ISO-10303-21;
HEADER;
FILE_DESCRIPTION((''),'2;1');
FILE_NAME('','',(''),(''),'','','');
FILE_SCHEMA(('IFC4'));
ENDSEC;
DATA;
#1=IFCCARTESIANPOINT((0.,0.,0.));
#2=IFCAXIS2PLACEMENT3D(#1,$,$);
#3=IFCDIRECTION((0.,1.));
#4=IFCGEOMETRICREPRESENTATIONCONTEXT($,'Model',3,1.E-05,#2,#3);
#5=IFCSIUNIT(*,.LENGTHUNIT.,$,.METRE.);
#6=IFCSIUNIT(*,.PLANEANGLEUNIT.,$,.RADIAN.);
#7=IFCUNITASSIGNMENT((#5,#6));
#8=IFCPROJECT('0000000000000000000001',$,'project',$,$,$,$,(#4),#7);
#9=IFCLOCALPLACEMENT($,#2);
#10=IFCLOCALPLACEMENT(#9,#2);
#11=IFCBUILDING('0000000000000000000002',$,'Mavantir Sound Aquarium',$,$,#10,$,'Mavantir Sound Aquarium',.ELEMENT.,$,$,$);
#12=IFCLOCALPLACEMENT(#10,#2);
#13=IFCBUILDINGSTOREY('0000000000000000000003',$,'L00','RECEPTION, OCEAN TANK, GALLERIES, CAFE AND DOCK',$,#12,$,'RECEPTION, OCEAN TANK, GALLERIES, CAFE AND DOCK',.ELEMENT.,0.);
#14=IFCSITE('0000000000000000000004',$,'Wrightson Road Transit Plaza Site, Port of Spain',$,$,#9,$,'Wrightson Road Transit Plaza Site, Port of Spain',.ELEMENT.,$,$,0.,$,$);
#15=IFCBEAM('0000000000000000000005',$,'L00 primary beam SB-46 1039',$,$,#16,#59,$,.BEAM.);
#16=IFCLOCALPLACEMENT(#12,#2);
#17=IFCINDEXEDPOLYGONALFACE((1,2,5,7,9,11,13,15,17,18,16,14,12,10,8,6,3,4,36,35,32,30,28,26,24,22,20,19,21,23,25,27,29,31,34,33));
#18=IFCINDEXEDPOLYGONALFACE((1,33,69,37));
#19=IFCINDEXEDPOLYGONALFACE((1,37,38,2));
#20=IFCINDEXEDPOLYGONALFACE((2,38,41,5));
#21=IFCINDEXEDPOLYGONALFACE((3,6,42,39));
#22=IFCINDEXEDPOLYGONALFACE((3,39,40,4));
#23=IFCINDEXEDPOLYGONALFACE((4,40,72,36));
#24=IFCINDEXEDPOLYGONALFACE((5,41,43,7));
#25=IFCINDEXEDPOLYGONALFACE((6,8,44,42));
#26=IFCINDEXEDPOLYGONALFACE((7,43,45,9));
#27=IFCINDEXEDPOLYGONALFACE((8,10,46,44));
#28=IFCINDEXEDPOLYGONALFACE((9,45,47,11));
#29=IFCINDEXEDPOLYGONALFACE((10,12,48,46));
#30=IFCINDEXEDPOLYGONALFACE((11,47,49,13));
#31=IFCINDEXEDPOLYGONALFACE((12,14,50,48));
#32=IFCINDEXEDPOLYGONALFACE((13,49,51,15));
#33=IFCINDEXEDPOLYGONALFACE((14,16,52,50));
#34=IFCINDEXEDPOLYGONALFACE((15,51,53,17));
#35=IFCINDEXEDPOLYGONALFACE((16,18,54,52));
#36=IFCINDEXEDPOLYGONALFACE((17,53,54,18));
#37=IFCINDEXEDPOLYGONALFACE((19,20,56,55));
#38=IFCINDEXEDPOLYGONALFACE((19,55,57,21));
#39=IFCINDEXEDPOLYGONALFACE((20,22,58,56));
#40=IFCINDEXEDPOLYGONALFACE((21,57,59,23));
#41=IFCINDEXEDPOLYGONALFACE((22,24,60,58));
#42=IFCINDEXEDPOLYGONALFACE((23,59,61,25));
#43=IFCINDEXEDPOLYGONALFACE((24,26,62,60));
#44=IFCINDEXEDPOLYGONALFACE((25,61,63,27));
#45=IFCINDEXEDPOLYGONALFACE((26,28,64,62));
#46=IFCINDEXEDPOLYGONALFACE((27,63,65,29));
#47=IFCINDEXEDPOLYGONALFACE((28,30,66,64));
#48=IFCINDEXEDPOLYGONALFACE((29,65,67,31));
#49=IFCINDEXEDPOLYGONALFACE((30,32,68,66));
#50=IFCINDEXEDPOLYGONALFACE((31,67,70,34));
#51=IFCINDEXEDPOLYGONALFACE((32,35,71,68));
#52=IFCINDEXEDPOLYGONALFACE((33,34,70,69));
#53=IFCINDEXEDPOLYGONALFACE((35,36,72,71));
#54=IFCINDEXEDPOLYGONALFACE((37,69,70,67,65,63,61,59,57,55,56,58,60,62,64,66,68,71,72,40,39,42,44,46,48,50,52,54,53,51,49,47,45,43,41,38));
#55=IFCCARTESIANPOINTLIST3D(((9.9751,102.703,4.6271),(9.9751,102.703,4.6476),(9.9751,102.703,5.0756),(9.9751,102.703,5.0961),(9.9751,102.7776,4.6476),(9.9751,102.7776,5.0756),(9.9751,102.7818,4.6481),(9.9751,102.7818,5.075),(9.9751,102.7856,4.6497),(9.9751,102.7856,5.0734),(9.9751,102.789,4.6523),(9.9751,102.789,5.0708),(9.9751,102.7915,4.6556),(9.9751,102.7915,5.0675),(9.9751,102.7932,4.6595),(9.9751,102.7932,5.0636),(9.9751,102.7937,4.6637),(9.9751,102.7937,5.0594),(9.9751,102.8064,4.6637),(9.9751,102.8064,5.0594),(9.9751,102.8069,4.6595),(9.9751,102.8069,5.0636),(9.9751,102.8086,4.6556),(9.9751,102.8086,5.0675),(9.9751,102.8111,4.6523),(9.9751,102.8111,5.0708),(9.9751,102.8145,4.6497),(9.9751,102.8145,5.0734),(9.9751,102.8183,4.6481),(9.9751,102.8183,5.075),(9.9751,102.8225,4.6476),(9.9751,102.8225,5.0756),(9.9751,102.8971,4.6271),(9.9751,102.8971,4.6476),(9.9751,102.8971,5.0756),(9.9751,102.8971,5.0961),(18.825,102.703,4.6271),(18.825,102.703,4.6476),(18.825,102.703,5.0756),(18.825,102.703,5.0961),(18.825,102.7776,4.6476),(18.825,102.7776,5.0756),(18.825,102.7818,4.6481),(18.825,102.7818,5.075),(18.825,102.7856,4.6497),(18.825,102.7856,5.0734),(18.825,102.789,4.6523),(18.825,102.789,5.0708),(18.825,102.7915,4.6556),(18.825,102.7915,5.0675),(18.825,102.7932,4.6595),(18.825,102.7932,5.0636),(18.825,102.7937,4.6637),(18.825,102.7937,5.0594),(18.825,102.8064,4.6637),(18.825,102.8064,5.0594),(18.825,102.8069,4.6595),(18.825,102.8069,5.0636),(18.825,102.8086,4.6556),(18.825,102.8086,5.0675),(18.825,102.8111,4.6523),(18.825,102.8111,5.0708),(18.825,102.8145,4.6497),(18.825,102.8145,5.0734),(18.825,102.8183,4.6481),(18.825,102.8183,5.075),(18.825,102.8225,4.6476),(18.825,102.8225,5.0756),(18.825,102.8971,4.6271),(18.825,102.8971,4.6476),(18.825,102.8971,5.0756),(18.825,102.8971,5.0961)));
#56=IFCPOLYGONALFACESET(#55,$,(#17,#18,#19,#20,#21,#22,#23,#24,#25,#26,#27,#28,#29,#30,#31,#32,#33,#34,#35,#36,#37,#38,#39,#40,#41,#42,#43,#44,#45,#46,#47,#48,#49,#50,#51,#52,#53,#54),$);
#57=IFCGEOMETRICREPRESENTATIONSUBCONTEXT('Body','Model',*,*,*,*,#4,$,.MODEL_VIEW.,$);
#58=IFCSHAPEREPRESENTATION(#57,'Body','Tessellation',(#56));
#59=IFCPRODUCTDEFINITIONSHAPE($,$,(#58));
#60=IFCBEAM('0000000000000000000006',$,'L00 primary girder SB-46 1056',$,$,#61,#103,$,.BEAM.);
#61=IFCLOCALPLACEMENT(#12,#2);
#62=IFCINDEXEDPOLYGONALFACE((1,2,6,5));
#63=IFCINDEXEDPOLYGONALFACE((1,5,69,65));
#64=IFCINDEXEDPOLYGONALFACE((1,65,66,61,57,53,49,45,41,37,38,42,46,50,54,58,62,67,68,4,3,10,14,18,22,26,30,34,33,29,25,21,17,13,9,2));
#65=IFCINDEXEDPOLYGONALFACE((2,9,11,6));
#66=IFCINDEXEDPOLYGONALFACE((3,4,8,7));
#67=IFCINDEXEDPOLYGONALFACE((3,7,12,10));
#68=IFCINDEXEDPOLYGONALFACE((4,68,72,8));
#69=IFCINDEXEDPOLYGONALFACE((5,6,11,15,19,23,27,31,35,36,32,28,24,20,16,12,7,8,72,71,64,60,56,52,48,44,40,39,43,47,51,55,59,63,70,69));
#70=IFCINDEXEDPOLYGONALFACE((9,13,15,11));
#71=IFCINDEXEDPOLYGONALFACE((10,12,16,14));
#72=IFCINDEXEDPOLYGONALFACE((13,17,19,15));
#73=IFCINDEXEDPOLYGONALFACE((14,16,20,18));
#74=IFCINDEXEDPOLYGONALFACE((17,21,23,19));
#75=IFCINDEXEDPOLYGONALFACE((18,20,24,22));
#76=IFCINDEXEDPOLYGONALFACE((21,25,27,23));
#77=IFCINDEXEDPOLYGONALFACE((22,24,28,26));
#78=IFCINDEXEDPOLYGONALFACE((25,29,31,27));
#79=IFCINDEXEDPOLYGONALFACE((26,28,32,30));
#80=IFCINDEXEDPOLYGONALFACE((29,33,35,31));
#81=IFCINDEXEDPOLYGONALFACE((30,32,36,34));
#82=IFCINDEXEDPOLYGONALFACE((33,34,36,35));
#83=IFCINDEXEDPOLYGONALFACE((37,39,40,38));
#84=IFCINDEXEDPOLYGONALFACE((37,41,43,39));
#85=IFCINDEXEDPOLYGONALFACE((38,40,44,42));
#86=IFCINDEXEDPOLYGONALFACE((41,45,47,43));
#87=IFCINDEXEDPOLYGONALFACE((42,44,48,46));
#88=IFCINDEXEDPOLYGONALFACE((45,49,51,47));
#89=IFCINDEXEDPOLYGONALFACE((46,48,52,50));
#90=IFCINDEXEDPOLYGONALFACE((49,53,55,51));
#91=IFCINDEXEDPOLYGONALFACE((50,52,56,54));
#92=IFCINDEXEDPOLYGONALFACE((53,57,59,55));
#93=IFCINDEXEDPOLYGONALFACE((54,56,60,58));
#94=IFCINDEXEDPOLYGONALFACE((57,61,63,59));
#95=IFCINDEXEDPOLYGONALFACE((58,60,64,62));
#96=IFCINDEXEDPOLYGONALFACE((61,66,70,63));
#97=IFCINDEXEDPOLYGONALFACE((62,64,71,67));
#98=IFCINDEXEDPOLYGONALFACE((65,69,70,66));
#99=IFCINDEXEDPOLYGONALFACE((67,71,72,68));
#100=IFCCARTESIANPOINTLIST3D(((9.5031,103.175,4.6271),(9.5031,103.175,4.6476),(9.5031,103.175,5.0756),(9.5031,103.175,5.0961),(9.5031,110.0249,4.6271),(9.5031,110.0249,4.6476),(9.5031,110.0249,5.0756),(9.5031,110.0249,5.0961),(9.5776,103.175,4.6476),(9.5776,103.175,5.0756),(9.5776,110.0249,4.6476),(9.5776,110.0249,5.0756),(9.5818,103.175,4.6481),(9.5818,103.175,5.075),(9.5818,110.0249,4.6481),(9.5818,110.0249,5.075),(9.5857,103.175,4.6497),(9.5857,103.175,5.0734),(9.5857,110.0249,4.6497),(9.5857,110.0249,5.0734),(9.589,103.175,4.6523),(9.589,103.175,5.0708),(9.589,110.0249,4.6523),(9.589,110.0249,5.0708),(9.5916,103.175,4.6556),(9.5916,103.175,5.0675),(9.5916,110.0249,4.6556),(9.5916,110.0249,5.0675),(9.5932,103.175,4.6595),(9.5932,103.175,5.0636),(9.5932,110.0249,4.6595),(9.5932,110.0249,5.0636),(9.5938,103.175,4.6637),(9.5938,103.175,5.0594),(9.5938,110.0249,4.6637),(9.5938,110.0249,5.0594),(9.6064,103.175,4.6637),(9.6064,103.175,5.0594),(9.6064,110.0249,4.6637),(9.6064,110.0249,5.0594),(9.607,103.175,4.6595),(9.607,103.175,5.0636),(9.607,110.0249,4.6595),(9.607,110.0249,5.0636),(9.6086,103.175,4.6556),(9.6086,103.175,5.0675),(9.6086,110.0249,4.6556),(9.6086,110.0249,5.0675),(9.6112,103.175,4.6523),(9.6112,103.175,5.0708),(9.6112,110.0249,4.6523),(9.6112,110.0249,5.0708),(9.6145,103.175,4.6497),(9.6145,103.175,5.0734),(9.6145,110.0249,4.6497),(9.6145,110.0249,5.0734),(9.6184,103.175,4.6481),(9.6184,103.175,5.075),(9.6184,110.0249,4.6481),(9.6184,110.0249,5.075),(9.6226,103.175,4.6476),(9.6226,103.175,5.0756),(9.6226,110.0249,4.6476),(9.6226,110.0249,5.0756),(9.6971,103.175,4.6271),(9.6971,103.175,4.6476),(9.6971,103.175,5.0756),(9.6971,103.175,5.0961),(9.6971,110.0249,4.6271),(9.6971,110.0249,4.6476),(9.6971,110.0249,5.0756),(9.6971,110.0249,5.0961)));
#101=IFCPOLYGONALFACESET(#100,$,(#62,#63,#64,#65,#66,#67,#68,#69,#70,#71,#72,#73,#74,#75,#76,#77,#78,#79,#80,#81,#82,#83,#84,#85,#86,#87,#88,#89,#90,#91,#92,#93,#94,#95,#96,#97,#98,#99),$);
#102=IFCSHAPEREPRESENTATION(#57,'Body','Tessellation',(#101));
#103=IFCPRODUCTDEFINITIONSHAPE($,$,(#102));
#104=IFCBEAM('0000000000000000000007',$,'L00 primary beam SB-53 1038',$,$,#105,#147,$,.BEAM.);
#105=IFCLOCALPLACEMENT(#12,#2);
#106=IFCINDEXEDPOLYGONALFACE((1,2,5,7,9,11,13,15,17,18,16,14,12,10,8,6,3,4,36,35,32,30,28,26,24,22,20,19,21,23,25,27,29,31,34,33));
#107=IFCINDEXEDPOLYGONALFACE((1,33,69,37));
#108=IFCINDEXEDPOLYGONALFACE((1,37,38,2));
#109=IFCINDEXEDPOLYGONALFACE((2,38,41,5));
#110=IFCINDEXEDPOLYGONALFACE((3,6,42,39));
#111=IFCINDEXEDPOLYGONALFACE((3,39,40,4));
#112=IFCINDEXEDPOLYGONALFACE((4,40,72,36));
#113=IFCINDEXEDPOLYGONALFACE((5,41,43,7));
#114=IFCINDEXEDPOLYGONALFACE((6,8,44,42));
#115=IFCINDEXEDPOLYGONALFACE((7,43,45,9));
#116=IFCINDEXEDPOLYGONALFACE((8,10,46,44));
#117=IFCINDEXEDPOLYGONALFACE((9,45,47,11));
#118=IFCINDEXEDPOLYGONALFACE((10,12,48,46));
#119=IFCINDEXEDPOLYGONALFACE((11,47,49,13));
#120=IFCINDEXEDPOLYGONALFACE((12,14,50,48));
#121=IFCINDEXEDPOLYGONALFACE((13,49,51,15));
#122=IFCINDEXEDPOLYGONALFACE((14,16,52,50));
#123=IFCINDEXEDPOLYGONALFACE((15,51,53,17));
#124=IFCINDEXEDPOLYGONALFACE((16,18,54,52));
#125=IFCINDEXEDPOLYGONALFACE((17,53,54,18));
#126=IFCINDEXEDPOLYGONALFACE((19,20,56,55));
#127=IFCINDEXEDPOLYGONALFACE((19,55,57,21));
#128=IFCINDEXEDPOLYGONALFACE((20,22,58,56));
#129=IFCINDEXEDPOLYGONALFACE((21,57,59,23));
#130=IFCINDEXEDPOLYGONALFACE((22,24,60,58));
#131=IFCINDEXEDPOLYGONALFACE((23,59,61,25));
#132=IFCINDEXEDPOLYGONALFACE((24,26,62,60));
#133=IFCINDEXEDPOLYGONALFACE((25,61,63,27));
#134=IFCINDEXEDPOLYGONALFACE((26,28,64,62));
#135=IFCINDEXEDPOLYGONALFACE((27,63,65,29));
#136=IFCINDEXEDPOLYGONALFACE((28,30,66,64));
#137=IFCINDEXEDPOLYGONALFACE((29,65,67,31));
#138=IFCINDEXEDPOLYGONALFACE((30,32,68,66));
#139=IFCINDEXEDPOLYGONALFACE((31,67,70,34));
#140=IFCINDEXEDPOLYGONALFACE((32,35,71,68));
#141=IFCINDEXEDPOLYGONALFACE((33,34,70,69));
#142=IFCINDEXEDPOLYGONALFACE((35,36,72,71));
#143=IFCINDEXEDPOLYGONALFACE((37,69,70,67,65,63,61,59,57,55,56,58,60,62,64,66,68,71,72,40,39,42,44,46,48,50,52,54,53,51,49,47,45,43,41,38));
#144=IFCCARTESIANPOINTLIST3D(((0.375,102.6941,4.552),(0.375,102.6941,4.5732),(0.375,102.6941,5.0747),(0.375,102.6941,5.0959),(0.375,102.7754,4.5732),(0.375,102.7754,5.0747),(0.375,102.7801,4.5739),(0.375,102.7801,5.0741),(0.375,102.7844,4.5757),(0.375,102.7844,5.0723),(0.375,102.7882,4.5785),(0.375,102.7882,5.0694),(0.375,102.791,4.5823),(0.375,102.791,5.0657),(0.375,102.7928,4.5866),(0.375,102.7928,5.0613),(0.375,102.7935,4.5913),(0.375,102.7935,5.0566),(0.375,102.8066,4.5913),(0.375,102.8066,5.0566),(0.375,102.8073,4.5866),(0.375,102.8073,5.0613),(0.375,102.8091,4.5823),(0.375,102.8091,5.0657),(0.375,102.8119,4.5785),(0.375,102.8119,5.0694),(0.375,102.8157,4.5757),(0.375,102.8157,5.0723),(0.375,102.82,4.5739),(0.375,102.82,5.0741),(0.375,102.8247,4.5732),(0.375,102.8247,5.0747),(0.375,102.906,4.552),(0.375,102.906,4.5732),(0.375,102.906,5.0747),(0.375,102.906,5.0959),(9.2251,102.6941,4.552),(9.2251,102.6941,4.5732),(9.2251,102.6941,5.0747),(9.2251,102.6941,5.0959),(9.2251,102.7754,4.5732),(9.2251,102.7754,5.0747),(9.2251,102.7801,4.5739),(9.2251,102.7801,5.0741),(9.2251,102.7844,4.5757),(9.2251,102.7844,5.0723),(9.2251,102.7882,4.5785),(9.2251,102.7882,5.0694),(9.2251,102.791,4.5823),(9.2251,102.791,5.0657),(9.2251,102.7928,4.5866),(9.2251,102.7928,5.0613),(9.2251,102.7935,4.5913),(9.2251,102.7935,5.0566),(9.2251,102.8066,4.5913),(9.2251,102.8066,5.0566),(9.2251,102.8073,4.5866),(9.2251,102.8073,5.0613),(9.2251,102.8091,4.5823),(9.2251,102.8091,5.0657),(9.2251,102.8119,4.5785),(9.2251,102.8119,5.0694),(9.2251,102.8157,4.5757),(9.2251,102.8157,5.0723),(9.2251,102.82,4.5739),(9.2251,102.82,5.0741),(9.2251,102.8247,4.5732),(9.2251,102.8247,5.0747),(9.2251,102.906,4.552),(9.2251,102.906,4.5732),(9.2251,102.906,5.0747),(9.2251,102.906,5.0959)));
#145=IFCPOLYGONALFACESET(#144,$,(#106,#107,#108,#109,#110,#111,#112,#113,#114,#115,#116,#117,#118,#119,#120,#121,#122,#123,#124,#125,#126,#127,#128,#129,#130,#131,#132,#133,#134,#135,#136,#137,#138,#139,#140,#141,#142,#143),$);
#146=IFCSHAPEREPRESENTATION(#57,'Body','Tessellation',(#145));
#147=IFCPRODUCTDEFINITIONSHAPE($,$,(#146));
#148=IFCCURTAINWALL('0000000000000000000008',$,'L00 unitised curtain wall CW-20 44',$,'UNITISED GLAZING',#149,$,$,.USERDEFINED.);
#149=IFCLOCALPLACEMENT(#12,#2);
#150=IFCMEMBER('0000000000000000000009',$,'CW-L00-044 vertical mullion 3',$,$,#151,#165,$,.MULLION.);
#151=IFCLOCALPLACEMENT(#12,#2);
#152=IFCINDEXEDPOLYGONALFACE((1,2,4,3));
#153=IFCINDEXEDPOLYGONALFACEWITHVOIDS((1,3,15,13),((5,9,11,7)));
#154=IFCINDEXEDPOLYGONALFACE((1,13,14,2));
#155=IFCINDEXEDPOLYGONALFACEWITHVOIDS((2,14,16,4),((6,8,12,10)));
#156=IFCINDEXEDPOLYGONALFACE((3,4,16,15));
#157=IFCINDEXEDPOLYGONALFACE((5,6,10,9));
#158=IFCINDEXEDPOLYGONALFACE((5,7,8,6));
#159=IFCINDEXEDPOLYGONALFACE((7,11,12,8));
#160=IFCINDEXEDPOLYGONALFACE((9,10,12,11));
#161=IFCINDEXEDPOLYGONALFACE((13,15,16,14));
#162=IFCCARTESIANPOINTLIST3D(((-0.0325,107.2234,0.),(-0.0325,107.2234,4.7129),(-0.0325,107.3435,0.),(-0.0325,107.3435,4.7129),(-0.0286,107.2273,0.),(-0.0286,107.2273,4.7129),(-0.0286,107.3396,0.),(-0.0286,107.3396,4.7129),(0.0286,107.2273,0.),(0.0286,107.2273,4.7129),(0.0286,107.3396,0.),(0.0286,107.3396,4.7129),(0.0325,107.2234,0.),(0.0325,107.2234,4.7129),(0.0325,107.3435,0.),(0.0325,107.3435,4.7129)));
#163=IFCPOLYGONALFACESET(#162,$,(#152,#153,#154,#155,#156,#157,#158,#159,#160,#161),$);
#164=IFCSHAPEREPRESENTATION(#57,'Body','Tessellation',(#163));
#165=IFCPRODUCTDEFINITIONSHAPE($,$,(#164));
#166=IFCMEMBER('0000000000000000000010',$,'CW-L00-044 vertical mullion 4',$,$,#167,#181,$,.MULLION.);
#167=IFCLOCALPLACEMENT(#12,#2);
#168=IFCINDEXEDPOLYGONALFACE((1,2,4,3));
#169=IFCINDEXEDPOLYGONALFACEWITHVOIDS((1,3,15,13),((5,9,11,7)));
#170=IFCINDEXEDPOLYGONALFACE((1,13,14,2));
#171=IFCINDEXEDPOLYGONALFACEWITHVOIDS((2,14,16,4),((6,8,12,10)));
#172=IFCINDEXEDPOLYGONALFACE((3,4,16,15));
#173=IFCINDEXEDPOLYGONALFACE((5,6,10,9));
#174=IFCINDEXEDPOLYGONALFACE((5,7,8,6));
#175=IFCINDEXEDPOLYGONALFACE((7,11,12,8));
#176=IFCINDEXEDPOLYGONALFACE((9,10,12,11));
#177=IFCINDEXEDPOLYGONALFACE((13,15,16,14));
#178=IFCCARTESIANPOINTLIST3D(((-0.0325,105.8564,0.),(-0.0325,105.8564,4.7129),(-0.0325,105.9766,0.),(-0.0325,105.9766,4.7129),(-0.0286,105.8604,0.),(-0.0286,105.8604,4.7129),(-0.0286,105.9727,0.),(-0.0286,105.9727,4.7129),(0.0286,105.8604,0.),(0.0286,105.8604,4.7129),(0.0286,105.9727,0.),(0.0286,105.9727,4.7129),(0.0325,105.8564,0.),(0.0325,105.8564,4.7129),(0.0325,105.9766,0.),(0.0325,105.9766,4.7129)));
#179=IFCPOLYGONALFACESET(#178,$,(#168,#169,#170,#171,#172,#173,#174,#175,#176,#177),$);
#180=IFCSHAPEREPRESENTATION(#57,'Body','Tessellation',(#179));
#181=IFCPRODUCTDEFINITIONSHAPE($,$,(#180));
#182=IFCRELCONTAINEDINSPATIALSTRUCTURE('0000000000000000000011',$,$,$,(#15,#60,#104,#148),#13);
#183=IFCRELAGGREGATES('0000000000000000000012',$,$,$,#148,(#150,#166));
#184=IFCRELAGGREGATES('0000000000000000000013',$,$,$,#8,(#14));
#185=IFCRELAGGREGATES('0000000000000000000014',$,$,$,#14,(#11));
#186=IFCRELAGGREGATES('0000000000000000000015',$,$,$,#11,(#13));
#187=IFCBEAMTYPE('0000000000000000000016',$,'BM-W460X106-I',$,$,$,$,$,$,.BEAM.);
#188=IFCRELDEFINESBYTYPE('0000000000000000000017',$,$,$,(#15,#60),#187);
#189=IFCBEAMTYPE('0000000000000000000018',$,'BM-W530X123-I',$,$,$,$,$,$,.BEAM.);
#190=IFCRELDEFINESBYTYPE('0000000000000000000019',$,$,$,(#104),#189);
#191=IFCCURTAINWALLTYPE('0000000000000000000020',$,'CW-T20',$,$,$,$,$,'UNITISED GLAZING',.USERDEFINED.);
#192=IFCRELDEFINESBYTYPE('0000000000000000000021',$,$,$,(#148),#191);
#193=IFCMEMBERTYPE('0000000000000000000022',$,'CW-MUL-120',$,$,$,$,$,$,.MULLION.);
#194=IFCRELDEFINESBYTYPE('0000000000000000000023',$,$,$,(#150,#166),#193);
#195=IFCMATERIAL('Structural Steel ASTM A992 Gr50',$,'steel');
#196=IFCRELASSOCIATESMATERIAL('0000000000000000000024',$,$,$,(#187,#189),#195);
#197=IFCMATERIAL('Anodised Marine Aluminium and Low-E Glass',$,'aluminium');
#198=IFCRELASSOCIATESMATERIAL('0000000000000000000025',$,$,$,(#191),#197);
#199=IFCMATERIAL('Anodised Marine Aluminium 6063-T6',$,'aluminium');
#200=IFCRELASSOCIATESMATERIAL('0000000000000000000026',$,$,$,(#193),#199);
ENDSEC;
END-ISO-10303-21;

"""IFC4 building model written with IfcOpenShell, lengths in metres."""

from ifc_helpers import new_model, si_unit, direction, frame, origin, origin_2d, place, context, subcontext, project, spatial, hollow_rectangle, i_section, extrude, material, material_profile, profile_set, type_object, element, aggregate, save


model = new_model("IFC4")

# Units and contexts
model_context = context("Model", 3, precision=1e-05, world=origin(), true_north=direction((0.0, 1.0)))
body_context = subcontext(model_context, "Body", "Model", "MODEL_VIEW")
ifc_project = project(units=[si_unit("LENGTHUNIT", "METRE"), si_unit("PLANEANGLEUNIT", "RADIAN")], contexts=[model_context])

# Site, building, storey
site_placement = place(None, origin())
site = spatial("IfcSite", under=ifc_project, at=site_placement, Name="Wrightson Road Transit Plaza Site, Port of Spain", LongName="Wrightson Road Transit Plaza Site, Port of Spain", CompositionType="ELEMENT", RefElevation=0.0)
building_placement = place(site_placement, origin())
building = spatial("IfcBuilding", under=site, at=building_placement, Name="Mavantir Sound Aquarium", LongName="Mavantir Sound Aquarium", CompositionType="ELEMENT")
storey_placement = place(building_placement, origin())
storey = spatial("IfcBuildingStorey", under=building, at=storey_placement, Name="L00", Description="RECEPTION, OCEAN TANK, GALLERIES, CAFE AND DOCK", LongName="RECEPTION, OCEAN TANK, GALLERIES, CAFE AND DOCK", CompositionType="ELEMENT", Elevation=0.0)

# Beams
ifc_material_1 = material(Name="Structural Steel ASTM A992 Gr50", Category="steel")
ifc_material_profile_1 = material_profile(ifc_material_1, i_section(OverallWidth=0.1941, OverallDepth=0.469, WebThickness=0.0127, FlangeThickness=0.0205, FilletRadius=0.0161, at=origin_2d()), Name="W460X106")
ifc_profile_set_1 = profile_set([ifc_material_profile_1], Name="Structural Steel ASTM A992 Gr50")
beam_type_1 = type_object("IfcBeamType", Name="BM-W460X106-I", PredefinedType="BEAM", material=ifc_profile_set_1)
beam_1_placement = place(storey_placement, frame((9.9751, 102.8, 4.8616), z_axis=(1.0, 0.0, 0.0), x_axis=(0.0, 1.0, 0.0)))
element("IfcBeam", 1, at=beam_1_placement, inside=storey, type_object=beam_type_1, Name="L00 primary beam SB-46 1039", PredefinedType="BEAM", context=body_context, shape_type="SweptSolid", body=[
    extrude(i_section(OverallWidth=0.1941, OverallDepth=0.469, WebThickness=0.0127, FlangeThickness=0.0205, FilletRadius=0.0161, at=origin_2d()), origin(), (0.0, 0.0, 1.0), 8.8499),
])
beam_2_placement = place(storey_placement, frame((9.6001, 103.175, 4.8616), z_axis=(0.0, 1.0, 0.0), x_axis=(-1.0, 0.0, 0.0)))
element("IfcBeam", 2, at=beam_2_placement, inside=storey, type_object=beam_type_1, Name="L00 primary girder SB-46 1056", PredefinedType="BEAM", context=body_context, shape_type="SweptSolid", body=[
    extrude(i_section(OverallWidth=0.1941, OverallDepth=0.469, WebThickness=0.0127, FlangeThickness=0.0205, FilletRadius=0.0161, at=origin_2d()), origin(), (0.0, 0.0, 1.0), 6.8499),
])
ifc_material_profile_2 = material_profile(ifc_material_1, i_section(OverallWidth=0.2119, OverallDepth=0.5439, WebThickness=0.0132, FlangeThickness=0.0212, FilletRadius=0.0181, at=origin_2d()), Name="W530X123")
ifc_profile_set_2 = profile_set([ifc_material_profile_2], Name="Structural Steel ASTM A992 Gr50")
beam_type_2 = type_object("IfcBeamType", Name="BM-W530X123-I", PredefinedType="BEAM", material=ifc_profile_set_2)
beam_3_placement = place(storey_placement, frame((0.375, 102.8, 4.824), z_axis=(1.0, 0.0, 0.0), x_axis=(0.0, 1.0, 0.0)))
element("IfcBeam", 3, at=beam_3_placement, inside=storey, type_object=beam_type_2, Name="L00 primary beam SB-53 1038", PredefinedType="BEAM", context=body_context, shape_type="SweptSolid", body=[
    extrude(i_section(OverallWidth=0.2119, OverallDepth=0.5439, WebThickness=0.0132, FlangeThickness=0.0212, FilletRadius=0.0181, at=origin_2d()), origin(), (0.0, 0.0, 1.0), 8.8501),
])

# Curtain wall, members
ifc_material_2 = material(Name="Anodised Marine Aluminium and Low-E Glass", Category="aluminium")
curtain_wall_type = type_object("IfcCurtainWallType", Name="CW-T20", ElementType="UNITISED GLAZING", PredefinedType="USERDEFINED", material=ifc_material_2)
curtain_wall_placement = place(storey_placement, origin())
curtain_wall = element("IfcCurtainWall", 4, at=curtain_wall_placement, inside=storey, type_object=curtain_wall_type, Name="L00 unitised curtain wall CW-20 44", ObjectType="UNITISED GLAZING", PredefinedType="USERDEFINED")
ifc_material_3 = material(Name="Anodised Marine Aluminium 6063-T6", Category="aluminium")
ifc_material_profile_3 = material_profile(ifc_material_3, hollow_rectangle(XDim=0.0649, YDim=0.1201, WallThickness=0.0039, at=origin_2d()), Name="ALU-MULLION-120X65")
ifc_profile_set_3 = profile_set([ifc_material_profile_3], Name="Anodised Marine Aluminium 6063-T6")
member_type_1 = type_object("IfcMemberType", Name="CW-MUL-120", PredefinedType="MULLION", material=ifc_profile_set_3)
member_1_placement = place(storey_placement, frame((0.0, 107.2834, 0.0), z_axis=(0.0, 0.0, 1.0), x_axis=(1.0, 0.0, 0.0)))
member_1 = element("IfcMember", 5, at=member_1_placement, type_object=member_type_1, Name="CW-L00-044 vertical mullion 3", PredefinedType="MULLION", context=body_context, shape_type="SweptSolid", body=[
    extrude(hollow_rectangle(XDim=0.0649, YDim=0.1201, WallThickness=0.0039, at=origin_2d()), origin(), (0.0, 0.0, 1.0), 4.7129),
])
member_2_placement = place(storey_placement, frame((0.0, 105.9165, 0.0), z_axis=(0.0, 0.0, 1.0), x_axis=(1.0, 0.0, 0.0)))
member_2 = element("IfcMember", 6, at=member_2_placement, type_object=member_type_1, Name="CW-L00-044 vertical mullion 4", PredefinedType="MULLION", context=body_context, shape_type="SweptSolid", body=[
    extrude(hollow_rectangle(XDim=0.0649, YDim=0.1201, WallThickness=0.0039, at=origin_2d()), origin(), (0.0, 0.0, 1.0), 4.7129),
])
aggregate(curtain_wall, [member_1, member_2])

save(model, "model.ifc")
